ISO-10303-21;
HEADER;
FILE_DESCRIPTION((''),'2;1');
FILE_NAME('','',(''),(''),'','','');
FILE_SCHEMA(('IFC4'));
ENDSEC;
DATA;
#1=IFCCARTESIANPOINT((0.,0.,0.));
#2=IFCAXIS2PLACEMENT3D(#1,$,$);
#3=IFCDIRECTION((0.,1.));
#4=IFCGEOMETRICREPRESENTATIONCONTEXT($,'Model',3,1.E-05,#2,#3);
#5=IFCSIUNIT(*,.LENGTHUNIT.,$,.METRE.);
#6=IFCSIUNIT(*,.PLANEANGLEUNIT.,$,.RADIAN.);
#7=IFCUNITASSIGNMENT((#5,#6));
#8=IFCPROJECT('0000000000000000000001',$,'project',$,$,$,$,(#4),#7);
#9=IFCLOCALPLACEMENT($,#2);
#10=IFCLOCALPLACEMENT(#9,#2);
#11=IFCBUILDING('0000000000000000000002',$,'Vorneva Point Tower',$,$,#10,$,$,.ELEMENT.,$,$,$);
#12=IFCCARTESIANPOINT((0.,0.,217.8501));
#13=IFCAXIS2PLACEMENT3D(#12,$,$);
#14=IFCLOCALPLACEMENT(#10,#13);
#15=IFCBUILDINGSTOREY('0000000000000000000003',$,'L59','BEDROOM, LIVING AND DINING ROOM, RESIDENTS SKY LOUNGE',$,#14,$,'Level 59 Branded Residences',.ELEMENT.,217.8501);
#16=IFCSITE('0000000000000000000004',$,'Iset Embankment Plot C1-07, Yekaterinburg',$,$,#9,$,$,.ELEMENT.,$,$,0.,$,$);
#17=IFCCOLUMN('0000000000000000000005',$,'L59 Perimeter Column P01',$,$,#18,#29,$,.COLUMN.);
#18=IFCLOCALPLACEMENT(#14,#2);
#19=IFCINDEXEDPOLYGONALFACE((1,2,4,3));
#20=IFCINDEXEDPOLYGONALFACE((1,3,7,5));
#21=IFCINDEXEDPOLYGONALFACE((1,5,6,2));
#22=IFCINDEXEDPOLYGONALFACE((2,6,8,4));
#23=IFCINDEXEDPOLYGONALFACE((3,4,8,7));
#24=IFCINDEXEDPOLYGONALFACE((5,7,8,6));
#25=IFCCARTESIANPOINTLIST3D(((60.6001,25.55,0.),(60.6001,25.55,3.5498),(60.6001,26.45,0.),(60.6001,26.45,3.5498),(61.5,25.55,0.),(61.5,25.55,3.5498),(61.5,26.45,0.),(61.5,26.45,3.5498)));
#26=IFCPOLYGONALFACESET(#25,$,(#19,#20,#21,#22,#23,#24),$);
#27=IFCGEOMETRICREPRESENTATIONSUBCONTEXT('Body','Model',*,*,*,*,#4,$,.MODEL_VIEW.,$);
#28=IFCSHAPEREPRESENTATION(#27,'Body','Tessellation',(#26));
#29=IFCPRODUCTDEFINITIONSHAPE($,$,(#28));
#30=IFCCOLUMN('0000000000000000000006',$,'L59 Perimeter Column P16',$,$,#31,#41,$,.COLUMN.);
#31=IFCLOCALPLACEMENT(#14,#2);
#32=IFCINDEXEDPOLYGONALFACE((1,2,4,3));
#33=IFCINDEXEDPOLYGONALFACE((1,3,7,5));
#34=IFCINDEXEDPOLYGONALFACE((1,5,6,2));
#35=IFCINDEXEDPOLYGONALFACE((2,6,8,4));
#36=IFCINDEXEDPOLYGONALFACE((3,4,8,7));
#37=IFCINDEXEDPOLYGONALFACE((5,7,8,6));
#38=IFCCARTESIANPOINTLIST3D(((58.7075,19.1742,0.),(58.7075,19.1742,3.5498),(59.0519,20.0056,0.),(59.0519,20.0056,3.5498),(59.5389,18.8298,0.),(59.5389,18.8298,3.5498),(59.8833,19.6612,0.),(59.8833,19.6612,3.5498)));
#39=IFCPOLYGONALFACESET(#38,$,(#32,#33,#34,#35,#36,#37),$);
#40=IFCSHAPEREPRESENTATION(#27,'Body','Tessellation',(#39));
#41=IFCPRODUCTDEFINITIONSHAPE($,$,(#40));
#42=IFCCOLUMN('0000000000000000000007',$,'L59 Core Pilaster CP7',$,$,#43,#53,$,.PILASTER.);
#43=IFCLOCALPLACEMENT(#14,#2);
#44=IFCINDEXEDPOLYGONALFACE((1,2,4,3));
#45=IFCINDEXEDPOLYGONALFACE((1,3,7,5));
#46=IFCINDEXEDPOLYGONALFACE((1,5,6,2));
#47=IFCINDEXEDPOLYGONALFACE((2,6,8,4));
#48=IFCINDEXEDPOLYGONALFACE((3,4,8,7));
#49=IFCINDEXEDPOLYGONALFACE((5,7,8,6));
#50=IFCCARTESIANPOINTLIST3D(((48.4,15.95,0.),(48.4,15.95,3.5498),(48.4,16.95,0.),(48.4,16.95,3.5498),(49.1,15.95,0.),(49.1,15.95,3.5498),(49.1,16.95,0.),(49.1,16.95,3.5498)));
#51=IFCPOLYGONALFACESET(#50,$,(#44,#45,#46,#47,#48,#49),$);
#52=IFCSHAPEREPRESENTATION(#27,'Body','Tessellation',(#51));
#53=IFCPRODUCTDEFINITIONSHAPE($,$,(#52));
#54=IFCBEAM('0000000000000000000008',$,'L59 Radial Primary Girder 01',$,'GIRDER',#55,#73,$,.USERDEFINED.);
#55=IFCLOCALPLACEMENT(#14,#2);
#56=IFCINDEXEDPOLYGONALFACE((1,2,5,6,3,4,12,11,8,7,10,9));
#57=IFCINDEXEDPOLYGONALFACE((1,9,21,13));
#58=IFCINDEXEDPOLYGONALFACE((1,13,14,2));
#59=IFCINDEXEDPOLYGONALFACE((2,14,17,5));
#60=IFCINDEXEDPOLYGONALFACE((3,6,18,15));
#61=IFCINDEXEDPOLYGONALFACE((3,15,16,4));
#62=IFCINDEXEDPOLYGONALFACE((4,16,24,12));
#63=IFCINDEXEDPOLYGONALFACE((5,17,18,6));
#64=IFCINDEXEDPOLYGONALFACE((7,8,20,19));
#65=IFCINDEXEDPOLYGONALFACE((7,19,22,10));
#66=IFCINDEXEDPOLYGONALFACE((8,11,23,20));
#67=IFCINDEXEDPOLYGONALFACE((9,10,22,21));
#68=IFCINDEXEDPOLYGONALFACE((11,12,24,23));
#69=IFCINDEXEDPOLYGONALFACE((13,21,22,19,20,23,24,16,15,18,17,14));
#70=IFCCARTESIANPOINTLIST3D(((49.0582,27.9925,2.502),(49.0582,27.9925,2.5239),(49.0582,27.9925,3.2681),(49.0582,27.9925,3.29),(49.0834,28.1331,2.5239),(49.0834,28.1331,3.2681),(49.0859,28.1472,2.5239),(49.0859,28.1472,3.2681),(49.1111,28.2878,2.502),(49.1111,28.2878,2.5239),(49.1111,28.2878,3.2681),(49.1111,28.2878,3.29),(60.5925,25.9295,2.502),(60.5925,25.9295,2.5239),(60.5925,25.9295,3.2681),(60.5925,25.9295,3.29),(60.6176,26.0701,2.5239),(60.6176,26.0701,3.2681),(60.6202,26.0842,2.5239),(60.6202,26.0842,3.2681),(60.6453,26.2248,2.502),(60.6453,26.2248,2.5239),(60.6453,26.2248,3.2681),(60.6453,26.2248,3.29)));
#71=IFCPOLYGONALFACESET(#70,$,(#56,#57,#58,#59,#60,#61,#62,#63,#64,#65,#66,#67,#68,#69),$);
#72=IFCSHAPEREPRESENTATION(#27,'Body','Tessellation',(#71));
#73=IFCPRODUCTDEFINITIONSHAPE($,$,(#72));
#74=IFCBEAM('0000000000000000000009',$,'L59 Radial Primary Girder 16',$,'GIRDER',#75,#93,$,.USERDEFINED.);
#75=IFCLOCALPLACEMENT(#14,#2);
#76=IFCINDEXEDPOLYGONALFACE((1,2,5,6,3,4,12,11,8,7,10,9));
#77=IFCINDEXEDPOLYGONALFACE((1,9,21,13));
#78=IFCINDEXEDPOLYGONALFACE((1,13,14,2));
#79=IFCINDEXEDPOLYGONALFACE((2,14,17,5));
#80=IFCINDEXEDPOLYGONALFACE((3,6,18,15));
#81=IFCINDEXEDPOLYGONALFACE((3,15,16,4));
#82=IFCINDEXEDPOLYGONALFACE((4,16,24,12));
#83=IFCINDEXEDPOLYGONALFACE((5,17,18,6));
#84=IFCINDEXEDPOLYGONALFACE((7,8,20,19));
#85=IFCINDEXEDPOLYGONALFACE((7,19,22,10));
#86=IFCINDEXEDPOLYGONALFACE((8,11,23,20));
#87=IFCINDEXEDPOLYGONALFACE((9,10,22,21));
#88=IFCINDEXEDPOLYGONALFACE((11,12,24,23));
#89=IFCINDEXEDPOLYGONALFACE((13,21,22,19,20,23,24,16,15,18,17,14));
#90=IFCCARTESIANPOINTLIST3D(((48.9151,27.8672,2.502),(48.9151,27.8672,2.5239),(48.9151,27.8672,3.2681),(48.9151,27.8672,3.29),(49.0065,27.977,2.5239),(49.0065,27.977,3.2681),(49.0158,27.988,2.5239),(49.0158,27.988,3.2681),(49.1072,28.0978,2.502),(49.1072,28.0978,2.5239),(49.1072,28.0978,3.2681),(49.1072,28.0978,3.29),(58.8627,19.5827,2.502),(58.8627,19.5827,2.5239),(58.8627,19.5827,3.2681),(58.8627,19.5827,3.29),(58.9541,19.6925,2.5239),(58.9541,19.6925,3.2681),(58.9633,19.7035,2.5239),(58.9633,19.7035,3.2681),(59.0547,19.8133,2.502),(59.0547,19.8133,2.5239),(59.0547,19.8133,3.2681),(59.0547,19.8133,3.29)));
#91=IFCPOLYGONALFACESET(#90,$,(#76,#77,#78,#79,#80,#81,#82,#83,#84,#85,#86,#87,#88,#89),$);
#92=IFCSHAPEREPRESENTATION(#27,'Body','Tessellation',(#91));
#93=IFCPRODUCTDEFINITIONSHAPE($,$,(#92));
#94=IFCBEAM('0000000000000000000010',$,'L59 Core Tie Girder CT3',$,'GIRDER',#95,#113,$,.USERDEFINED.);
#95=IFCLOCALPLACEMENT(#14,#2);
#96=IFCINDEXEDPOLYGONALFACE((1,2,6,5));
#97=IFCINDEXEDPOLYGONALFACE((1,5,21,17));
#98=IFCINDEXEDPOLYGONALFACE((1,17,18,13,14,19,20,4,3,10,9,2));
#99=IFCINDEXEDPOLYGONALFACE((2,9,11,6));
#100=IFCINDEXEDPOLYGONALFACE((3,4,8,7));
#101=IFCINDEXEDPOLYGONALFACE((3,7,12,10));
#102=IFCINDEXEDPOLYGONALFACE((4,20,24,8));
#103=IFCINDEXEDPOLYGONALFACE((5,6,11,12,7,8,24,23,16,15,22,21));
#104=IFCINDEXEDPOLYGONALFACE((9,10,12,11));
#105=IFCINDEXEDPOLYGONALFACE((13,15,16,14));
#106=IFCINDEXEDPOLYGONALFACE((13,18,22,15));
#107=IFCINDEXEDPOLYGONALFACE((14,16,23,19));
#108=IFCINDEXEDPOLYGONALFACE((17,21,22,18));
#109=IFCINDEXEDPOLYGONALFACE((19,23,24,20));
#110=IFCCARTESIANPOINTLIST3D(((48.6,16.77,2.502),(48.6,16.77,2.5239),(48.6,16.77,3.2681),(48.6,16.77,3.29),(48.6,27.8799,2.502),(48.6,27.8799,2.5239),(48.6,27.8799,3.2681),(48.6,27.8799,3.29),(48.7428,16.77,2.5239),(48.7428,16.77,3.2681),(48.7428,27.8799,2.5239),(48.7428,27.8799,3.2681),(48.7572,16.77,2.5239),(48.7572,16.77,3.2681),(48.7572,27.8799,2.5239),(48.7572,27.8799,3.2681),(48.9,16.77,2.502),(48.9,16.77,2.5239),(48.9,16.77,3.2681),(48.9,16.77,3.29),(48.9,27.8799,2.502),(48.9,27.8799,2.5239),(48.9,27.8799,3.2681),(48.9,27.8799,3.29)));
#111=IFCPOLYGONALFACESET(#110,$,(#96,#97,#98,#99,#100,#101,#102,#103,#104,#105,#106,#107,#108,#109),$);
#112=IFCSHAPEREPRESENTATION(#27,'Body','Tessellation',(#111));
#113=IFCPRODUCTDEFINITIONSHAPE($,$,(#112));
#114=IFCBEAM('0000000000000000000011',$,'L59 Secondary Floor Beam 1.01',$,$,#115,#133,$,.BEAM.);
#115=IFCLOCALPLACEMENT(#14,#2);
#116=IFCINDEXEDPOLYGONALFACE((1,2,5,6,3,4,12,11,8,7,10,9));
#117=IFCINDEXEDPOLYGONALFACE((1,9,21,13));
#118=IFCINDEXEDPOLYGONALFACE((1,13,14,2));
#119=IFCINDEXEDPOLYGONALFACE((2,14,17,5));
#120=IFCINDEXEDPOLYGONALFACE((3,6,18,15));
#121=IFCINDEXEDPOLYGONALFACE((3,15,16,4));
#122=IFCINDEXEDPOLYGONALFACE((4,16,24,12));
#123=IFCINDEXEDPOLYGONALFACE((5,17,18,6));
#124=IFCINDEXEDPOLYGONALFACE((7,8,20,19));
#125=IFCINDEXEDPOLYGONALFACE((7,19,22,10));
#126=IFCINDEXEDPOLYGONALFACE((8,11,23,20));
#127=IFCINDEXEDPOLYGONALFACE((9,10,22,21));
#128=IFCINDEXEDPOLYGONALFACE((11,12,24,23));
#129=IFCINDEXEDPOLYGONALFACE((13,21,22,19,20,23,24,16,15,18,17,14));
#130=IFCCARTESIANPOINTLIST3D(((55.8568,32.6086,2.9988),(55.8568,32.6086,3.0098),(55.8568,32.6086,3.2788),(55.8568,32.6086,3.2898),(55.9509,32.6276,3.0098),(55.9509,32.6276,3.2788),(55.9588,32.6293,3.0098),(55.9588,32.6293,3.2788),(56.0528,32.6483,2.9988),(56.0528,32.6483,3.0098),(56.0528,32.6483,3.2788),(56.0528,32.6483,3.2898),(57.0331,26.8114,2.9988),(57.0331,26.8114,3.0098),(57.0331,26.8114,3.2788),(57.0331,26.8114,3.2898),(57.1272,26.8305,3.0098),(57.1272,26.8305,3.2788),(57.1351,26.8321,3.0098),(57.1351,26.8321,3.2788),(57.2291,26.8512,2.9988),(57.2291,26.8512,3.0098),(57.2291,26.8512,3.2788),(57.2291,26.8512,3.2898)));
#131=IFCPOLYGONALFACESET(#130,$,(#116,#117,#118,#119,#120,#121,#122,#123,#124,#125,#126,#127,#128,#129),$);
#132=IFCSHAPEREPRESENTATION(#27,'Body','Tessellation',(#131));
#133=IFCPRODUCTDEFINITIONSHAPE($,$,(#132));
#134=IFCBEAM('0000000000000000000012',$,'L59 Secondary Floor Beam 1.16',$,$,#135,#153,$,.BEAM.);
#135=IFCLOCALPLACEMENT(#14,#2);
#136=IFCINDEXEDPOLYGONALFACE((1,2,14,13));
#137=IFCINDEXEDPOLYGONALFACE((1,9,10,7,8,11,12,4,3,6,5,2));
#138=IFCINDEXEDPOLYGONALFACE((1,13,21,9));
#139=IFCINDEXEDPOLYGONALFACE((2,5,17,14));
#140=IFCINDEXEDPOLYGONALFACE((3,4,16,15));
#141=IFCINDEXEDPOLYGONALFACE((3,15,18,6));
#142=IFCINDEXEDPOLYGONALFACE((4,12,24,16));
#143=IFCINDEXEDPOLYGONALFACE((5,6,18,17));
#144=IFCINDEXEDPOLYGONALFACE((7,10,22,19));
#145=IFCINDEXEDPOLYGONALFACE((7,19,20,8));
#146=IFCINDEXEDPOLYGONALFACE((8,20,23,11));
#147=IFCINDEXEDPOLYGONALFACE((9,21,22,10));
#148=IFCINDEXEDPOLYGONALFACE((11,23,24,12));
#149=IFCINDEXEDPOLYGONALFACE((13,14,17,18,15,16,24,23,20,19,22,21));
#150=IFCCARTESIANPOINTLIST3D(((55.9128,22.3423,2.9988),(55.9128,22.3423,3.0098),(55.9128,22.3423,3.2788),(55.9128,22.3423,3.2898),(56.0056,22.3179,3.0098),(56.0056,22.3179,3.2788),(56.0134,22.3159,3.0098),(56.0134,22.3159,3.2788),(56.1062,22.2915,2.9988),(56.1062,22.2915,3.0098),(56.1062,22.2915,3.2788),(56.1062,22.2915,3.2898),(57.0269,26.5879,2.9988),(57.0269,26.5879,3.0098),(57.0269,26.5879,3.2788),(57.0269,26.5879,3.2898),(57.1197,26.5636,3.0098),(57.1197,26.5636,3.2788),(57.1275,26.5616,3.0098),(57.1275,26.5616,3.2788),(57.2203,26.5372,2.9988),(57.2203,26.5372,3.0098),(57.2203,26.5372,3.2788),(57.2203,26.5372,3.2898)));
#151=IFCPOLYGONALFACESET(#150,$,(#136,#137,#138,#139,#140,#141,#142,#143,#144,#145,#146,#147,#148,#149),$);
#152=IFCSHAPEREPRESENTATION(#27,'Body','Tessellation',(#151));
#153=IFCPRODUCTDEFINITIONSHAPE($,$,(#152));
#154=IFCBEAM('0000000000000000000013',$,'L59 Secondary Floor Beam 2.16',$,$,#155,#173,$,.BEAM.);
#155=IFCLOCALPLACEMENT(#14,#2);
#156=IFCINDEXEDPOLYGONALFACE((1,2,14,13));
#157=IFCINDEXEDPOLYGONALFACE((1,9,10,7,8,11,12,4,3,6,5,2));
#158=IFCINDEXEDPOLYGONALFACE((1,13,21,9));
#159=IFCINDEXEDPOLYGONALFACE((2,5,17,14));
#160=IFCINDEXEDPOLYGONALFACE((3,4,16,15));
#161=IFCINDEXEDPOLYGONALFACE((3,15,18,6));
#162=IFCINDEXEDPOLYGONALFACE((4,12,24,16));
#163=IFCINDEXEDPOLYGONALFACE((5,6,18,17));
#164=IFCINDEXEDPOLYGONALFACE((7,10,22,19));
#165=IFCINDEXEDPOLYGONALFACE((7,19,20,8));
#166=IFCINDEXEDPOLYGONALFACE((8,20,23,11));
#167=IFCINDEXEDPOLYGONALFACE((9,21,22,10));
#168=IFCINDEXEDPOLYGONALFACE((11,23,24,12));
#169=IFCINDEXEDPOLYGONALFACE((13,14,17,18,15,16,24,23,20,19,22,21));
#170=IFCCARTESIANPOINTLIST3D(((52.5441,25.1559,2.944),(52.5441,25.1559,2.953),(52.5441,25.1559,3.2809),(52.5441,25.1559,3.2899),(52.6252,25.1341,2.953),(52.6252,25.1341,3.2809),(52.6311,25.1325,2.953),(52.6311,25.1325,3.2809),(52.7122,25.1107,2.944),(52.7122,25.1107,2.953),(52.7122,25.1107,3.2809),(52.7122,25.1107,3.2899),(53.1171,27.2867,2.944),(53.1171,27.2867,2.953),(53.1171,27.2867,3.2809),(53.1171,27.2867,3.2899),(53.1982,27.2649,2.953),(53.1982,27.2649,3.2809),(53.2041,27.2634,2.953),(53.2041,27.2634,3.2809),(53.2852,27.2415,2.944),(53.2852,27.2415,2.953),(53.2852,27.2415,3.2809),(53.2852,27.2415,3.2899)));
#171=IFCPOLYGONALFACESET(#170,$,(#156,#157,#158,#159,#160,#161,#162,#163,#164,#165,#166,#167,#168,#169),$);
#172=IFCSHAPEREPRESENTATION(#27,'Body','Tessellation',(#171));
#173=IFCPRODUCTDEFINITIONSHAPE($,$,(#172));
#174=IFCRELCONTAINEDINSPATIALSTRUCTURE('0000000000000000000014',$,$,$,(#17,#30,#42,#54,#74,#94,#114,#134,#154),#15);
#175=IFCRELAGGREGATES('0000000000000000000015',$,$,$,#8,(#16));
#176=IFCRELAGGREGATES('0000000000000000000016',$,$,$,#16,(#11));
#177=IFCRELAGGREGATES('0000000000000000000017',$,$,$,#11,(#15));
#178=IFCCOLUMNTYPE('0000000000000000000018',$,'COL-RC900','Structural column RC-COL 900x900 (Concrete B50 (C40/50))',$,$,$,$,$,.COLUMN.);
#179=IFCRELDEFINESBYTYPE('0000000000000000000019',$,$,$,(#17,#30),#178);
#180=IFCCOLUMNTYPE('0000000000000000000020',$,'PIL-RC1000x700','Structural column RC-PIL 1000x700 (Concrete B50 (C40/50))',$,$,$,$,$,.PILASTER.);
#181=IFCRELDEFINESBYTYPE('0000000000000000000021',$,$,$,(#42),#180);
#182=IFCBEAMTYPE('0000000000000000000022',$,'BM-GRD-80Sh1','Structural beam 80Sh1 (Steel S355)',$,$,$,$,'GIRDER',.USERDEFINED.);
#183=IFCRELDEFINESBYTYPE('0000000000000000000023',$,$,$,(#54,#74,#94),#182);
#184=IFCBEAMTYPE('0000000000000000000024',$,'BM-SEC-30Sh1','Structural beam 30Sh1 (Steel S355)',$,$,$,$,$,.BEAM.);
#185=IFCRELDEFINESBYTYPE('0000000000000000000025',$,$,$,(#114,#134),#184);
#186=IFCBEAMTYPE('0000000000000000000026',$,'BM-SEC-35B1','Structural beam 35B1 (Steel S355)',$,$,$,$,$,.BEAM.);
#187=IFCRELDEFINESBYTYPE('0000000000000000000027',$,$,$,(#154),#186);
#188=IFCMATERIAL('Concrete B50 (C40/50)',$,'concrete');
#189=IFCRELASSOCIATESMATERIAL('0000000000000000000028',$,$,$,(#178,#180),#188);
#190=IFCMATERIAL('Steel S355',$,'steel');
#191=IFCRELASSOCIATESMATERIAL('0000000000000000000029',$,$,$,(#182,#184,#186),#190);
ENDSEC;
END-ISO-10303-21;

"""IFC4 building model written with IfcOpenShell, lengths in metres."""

from ifc_helpers import new_model, si_unit, direction, frame, origin, origin_2d, place, context, subcontext, project, spatial, rectangle, i_section, extrude, material, material_profile, profile_set, type_object, element, save


model = new_model("IFC4")

# Units and contexts
model_context = context("Model", 3, precision=1e-05, world=origin(), true_north=direction((0.0, 1.0)))
body_context = subcontext(model_context, "Body", "Model", "MODEL_VIEW")
ifc_project = project(units=[si_unit("LENGTHUNIT", "METRE"), si_unit("PLANEANGLEUNIT", "RADIAN")], contexts=[model_context])

# Site, building, storey
site_placement = place(None, origin())
site = spatial("IfcSite", under=ifc_project, at=site_placement, Name="Iset Embankment Plot C1-07, Yekaterinburg", CompositionType="ELEMENT", RefElevation=0.0)
building_placement = place(site_placement, origin())
building = spatial("IfcBuilding", under=site, at=building_placement, Name="Vorneva Point Tower", CompositionType="ELEMENT")
storey_placement = place(building_placement, frame((0.0, 0.0, 217.8501)))
storey = spatial("IfcBuildingStorey", under=building, at=storey_placement, Name="L59", Description="BEDROOM, LIVING AND DINING ROOM, RESIDENTS SKY LOUNGE", LongName="Level 59 Branded Residences", CompositionType="ELEMENT", Elevation=217.8501)

# Columns
ifc_material_1 = material(Name="Concrete B50 (C40/50)", Category="concrete")
ifc_material_profile_1 = material_profile(ifc_material_1, rectangle(XDim=0.8999, YDim=0.8999, at=origin_2d()), Name="RC-COL 900x900")
ifc_profile_set_1 = profile_set([ifc_material_profile_1], Name="Concrete B50 (C40/50)")
column_type_1 = type_object("IfcColumnType", Name="COL-RC900", Description="Structural column RC-COL 900x900 (Concrete B50 (C40/50))", PredefinedType="COLUMN", material=ifc_profile_set_1)
for number, where, z_axis, x_axis, name in (
    (1, (61.05, 26.0, 0.0), (0.0, 0.0, 1.0), (1.0, 0.0, 0.0), "L59 Perimeter Column P01"),
    (2, (59.2954, 19.4177, 0.0), (0.0, 0.0, 1.0), (0.92388, -0.382683, 0.0), "L59 Perimeter Column P16"),
):
    element("IfcColumn", number, at=place(storey_placement, frame(where, z_axis=z_axis, x_axis=x_axis)), inside=storey, type_object=column_type_1, Name=name, PredefinedType="COLUMN", context=body_context, shape_type="SweptSolid", body=[
        extrude(rectangle(XDim=0.8999, YDim=0.8999, at=origin_2d()), origin(), (0.0, 0.0, 1.0), 3.5498),
    ])
ifc_material_profile_2 = material_profile(ifc_material_1, rectangle(XDim=0.7, YDim=1.0, at=origin_2d()), Name="RC-PIL 1000x700")
ifc_profile_set_2 = profile_set([ifc_material_profile_2], Name="Concrete B50 (C40/50)")
column_type_2 = type_object("IfcColumnType", Name="PIL-RC1000x700", Description="Structural column RC-PIL 1000x700 (Concrete B50 (C40/50))", PredefinedType="PILASTER", material=ifc_profile_set_2)
column_placement = place(storey_placement, frame((48.75, 16.45, 0.0), z_axis=(0.0, 0.0, 1.0), x_axis=(1.0, 0.0, 0.0)))
element("IfcColumn", 3, at=column_placement, inside=storey, type_object=column_type_2, Name="L59 Core Pilaster CP7", PredefinedType="PILASTER", context=body_context, shape_type="SweptSolid", body=[
    extrude(rectangle(XDim=0.7, YDim=1.0, at=origin_2d()), origin(), (0.0, 0.0, 1.0), 3.5498),
])

# Beams
ifc_material_2 = material(Name="Steel S355", Category="steel")
ifc_material_profile_3 = material_profile(ifc_material_2, i_section(OverallWidth=0.3, OverallDepth=0.7881, WebThickness=0.0144, FlangeThickness=0.022, at=origin_2d()), Name="80Sh1")
ifc_profile_set_3 = profile_set([ifc_material_profile_3], Name="Steel S355")
beam_type_1 = type_object("IfcBeamType", Name="BM-GRD-80Sh1", Description="Structural beam 80Sh1 (Steel S355)", ElementType="GIRDER", PredefinedType="USERDEFINED", material=ifc_profile_set_3)
beam_1_placement = place(storey_placement, frame((60.6189, 26.0771, 2.896), z_axis=(-0.984379, 0.176065, 0.0), x_axis=(-0.176065, -0.984379, 0.0)))
element("IfcBeam", 4, at=beam_1_placement, inside=storey, type_object=beam_type_1, Name="L59 Radial Primary Girder 01", ObjectType="GIRDER", PredefinedType="USERDEFINED", context=body_context, shape_type="SweptSolid", body=[
    extrude(i_section(OverallWidth=0.3, OverallDepth=0.7881, WebThickness=0.0144, FlangeThickness=0.022, at=origin_2d()), origin(), (0.0, 0.0, 1.0), 11.7173),
])
beam_2_placement = place(storey_placement, frame((58.9587, 19.698, 2.896), z_axis=(-0.768418, 0.639949, 0.0), x_axis=(-0.639949, -0.768418, 0.0)))
element("IfcBeam", 5, at=beam_2_placement, inside=storey, type_object=beam_type_1, Name="L59 Radial Primary Girder 16", ObjectType="GIRDER", PredefinedType="USERDEFINED", context=body_context, shape_type="SweptSolid", body=[
    extrude(i_section(OverallWidth=0.3, OverallDepth=0.7881, WebThickness=0.0144, FlangeThickness=0.022, at=origin_2d()), origin(), (0.0, 0.0, 1.0), 12.9456),
])
beam_3_placement = place(storey_placement, frame((48.75, 16.77, 2.896), z_axis=(0.0, 1.0, 0.0), x_axis=(-1.0, 0.0, 0.0)))
element("IfcBeam", 6, at=beam_3_placement, inside=storey, type_object=beam_type_1, Name="L59 Core Tie Girder CT3", ObjectType="GIRDER", PredefinedType="USERDEFINED", context=body_context, shape_type="SweptSolid", body=[
    extrude(i_section(OverallWidth=0.3, OverallDepth=0.7881, WebThickness=0.0144, FlangeThickness=0.022, at=origin_2d()), origin(), (0.0, 0.0, 1.0), 11.1099),
])
ifc_material_profile_4 = material_profile(ifc_material_2, i_section(OverallWidth=0.2, OverallDepth=0.291, WebThickness=0.0081, FlangeThickness=0.011, at=origin_2d()), Name="30Sh1")
ifc_profile_set_4 = profile_set([ifc_material_profile_4], Name="Steel S355")
beam_type_2 = type_object("IfcBeamType", Name="BM-SEC-30Sh1", Description="Structural beam 30Sh1 (Steel S355)", PredefinedType="BEAM", material=ifc_profile_set_4)
beam_4_placement = place(storey_placement, frame((57.1311, 26.8313, 3.1443), z_axis=(-0.198854, 0.980029, 0.0), x_axis=(-0.980029, -0.198854, 0.0)))
element("IfcBeam", 7, at=beam_4_placement, inside=storey, type_object=beam_type_2, Name="L59 Secondary Floor Beam 1.01", PredefinedType="BEAM", context=body_context, shape_type="SweptSolid", body=[
    extrude(i_section(OverallWidth=0.2, OverallDepth=0.291, WebThickness=0.0081, FlangeThickness=0.011, at=origin_2d()), origin(), (0.0, 0.0, 1.0), 5.9153),
])
beam_5_placement = place(storey_placement, frame((56.0095, 22.3169, 3.1443), z_axis=(0.253801, 0.967257, 0.0), x_axis=(-0.967257, 0.253801, 0.0)))
element("IfcBeam", 8, at=beam_5_placement, inside=storey, type_object=beam_type_2, Name="L59 Secondary Floor Beam 1.16", PredefinedType="BEAM", context=body_context, shape_type="SweptSolid", body=[
    extrude(i_section(OverallWidth=0.2, OverallDepth=0.291, WebThickness=0.0081, FlangeThickness=0.011, at=origin_2d()), origin(), (0.0, 0.0, 1.0), 4.3894),
])
ifc_material_profile_5 = material_profile(ifc_material_2, i_section(OverallWidth=0.1741, OverallDepth=0.3459, WebThickness=0.0061, FlangeThickness=0.009, at=origin_2d()), Name="35B1")
ifc_profile_set_5 = profile_set([ifc_material_profile_5], Name="Steel S355")
beam_type_3 = type_object("IfcBeamType", Name="BM-SEC-35B1", Description="Structural beam 35B1 (Steel S355)", PredefinedType="BEAM", material=ifc_profile_set_5)
beam_6_placement = place(storey_placement, frame((52.6282, 25.1333, 3.1169), z_axis=(0.25968, 0.965695, 0.0), x_axis=(-0.965695, 0.25968, 0.0)))
element("IfcBeam", 9, at=beam_6_placement, inside=storey, type_object=beam_type_3, Name="L59 Secondary Floor Beam 2.16", PredefinedType="BEAM", context=body_context, shape_type="SweptSolid", body=[
    extrude(i_section(OverallWidth=0.1741, OverallDepth=0.3459, WebThickness=0.0061, FlangeThickness=0.009, at=origin_2d()), origin(), (0.0, 0.0, 1.0), 2.2065),
])

save(model, "model.ifc")
